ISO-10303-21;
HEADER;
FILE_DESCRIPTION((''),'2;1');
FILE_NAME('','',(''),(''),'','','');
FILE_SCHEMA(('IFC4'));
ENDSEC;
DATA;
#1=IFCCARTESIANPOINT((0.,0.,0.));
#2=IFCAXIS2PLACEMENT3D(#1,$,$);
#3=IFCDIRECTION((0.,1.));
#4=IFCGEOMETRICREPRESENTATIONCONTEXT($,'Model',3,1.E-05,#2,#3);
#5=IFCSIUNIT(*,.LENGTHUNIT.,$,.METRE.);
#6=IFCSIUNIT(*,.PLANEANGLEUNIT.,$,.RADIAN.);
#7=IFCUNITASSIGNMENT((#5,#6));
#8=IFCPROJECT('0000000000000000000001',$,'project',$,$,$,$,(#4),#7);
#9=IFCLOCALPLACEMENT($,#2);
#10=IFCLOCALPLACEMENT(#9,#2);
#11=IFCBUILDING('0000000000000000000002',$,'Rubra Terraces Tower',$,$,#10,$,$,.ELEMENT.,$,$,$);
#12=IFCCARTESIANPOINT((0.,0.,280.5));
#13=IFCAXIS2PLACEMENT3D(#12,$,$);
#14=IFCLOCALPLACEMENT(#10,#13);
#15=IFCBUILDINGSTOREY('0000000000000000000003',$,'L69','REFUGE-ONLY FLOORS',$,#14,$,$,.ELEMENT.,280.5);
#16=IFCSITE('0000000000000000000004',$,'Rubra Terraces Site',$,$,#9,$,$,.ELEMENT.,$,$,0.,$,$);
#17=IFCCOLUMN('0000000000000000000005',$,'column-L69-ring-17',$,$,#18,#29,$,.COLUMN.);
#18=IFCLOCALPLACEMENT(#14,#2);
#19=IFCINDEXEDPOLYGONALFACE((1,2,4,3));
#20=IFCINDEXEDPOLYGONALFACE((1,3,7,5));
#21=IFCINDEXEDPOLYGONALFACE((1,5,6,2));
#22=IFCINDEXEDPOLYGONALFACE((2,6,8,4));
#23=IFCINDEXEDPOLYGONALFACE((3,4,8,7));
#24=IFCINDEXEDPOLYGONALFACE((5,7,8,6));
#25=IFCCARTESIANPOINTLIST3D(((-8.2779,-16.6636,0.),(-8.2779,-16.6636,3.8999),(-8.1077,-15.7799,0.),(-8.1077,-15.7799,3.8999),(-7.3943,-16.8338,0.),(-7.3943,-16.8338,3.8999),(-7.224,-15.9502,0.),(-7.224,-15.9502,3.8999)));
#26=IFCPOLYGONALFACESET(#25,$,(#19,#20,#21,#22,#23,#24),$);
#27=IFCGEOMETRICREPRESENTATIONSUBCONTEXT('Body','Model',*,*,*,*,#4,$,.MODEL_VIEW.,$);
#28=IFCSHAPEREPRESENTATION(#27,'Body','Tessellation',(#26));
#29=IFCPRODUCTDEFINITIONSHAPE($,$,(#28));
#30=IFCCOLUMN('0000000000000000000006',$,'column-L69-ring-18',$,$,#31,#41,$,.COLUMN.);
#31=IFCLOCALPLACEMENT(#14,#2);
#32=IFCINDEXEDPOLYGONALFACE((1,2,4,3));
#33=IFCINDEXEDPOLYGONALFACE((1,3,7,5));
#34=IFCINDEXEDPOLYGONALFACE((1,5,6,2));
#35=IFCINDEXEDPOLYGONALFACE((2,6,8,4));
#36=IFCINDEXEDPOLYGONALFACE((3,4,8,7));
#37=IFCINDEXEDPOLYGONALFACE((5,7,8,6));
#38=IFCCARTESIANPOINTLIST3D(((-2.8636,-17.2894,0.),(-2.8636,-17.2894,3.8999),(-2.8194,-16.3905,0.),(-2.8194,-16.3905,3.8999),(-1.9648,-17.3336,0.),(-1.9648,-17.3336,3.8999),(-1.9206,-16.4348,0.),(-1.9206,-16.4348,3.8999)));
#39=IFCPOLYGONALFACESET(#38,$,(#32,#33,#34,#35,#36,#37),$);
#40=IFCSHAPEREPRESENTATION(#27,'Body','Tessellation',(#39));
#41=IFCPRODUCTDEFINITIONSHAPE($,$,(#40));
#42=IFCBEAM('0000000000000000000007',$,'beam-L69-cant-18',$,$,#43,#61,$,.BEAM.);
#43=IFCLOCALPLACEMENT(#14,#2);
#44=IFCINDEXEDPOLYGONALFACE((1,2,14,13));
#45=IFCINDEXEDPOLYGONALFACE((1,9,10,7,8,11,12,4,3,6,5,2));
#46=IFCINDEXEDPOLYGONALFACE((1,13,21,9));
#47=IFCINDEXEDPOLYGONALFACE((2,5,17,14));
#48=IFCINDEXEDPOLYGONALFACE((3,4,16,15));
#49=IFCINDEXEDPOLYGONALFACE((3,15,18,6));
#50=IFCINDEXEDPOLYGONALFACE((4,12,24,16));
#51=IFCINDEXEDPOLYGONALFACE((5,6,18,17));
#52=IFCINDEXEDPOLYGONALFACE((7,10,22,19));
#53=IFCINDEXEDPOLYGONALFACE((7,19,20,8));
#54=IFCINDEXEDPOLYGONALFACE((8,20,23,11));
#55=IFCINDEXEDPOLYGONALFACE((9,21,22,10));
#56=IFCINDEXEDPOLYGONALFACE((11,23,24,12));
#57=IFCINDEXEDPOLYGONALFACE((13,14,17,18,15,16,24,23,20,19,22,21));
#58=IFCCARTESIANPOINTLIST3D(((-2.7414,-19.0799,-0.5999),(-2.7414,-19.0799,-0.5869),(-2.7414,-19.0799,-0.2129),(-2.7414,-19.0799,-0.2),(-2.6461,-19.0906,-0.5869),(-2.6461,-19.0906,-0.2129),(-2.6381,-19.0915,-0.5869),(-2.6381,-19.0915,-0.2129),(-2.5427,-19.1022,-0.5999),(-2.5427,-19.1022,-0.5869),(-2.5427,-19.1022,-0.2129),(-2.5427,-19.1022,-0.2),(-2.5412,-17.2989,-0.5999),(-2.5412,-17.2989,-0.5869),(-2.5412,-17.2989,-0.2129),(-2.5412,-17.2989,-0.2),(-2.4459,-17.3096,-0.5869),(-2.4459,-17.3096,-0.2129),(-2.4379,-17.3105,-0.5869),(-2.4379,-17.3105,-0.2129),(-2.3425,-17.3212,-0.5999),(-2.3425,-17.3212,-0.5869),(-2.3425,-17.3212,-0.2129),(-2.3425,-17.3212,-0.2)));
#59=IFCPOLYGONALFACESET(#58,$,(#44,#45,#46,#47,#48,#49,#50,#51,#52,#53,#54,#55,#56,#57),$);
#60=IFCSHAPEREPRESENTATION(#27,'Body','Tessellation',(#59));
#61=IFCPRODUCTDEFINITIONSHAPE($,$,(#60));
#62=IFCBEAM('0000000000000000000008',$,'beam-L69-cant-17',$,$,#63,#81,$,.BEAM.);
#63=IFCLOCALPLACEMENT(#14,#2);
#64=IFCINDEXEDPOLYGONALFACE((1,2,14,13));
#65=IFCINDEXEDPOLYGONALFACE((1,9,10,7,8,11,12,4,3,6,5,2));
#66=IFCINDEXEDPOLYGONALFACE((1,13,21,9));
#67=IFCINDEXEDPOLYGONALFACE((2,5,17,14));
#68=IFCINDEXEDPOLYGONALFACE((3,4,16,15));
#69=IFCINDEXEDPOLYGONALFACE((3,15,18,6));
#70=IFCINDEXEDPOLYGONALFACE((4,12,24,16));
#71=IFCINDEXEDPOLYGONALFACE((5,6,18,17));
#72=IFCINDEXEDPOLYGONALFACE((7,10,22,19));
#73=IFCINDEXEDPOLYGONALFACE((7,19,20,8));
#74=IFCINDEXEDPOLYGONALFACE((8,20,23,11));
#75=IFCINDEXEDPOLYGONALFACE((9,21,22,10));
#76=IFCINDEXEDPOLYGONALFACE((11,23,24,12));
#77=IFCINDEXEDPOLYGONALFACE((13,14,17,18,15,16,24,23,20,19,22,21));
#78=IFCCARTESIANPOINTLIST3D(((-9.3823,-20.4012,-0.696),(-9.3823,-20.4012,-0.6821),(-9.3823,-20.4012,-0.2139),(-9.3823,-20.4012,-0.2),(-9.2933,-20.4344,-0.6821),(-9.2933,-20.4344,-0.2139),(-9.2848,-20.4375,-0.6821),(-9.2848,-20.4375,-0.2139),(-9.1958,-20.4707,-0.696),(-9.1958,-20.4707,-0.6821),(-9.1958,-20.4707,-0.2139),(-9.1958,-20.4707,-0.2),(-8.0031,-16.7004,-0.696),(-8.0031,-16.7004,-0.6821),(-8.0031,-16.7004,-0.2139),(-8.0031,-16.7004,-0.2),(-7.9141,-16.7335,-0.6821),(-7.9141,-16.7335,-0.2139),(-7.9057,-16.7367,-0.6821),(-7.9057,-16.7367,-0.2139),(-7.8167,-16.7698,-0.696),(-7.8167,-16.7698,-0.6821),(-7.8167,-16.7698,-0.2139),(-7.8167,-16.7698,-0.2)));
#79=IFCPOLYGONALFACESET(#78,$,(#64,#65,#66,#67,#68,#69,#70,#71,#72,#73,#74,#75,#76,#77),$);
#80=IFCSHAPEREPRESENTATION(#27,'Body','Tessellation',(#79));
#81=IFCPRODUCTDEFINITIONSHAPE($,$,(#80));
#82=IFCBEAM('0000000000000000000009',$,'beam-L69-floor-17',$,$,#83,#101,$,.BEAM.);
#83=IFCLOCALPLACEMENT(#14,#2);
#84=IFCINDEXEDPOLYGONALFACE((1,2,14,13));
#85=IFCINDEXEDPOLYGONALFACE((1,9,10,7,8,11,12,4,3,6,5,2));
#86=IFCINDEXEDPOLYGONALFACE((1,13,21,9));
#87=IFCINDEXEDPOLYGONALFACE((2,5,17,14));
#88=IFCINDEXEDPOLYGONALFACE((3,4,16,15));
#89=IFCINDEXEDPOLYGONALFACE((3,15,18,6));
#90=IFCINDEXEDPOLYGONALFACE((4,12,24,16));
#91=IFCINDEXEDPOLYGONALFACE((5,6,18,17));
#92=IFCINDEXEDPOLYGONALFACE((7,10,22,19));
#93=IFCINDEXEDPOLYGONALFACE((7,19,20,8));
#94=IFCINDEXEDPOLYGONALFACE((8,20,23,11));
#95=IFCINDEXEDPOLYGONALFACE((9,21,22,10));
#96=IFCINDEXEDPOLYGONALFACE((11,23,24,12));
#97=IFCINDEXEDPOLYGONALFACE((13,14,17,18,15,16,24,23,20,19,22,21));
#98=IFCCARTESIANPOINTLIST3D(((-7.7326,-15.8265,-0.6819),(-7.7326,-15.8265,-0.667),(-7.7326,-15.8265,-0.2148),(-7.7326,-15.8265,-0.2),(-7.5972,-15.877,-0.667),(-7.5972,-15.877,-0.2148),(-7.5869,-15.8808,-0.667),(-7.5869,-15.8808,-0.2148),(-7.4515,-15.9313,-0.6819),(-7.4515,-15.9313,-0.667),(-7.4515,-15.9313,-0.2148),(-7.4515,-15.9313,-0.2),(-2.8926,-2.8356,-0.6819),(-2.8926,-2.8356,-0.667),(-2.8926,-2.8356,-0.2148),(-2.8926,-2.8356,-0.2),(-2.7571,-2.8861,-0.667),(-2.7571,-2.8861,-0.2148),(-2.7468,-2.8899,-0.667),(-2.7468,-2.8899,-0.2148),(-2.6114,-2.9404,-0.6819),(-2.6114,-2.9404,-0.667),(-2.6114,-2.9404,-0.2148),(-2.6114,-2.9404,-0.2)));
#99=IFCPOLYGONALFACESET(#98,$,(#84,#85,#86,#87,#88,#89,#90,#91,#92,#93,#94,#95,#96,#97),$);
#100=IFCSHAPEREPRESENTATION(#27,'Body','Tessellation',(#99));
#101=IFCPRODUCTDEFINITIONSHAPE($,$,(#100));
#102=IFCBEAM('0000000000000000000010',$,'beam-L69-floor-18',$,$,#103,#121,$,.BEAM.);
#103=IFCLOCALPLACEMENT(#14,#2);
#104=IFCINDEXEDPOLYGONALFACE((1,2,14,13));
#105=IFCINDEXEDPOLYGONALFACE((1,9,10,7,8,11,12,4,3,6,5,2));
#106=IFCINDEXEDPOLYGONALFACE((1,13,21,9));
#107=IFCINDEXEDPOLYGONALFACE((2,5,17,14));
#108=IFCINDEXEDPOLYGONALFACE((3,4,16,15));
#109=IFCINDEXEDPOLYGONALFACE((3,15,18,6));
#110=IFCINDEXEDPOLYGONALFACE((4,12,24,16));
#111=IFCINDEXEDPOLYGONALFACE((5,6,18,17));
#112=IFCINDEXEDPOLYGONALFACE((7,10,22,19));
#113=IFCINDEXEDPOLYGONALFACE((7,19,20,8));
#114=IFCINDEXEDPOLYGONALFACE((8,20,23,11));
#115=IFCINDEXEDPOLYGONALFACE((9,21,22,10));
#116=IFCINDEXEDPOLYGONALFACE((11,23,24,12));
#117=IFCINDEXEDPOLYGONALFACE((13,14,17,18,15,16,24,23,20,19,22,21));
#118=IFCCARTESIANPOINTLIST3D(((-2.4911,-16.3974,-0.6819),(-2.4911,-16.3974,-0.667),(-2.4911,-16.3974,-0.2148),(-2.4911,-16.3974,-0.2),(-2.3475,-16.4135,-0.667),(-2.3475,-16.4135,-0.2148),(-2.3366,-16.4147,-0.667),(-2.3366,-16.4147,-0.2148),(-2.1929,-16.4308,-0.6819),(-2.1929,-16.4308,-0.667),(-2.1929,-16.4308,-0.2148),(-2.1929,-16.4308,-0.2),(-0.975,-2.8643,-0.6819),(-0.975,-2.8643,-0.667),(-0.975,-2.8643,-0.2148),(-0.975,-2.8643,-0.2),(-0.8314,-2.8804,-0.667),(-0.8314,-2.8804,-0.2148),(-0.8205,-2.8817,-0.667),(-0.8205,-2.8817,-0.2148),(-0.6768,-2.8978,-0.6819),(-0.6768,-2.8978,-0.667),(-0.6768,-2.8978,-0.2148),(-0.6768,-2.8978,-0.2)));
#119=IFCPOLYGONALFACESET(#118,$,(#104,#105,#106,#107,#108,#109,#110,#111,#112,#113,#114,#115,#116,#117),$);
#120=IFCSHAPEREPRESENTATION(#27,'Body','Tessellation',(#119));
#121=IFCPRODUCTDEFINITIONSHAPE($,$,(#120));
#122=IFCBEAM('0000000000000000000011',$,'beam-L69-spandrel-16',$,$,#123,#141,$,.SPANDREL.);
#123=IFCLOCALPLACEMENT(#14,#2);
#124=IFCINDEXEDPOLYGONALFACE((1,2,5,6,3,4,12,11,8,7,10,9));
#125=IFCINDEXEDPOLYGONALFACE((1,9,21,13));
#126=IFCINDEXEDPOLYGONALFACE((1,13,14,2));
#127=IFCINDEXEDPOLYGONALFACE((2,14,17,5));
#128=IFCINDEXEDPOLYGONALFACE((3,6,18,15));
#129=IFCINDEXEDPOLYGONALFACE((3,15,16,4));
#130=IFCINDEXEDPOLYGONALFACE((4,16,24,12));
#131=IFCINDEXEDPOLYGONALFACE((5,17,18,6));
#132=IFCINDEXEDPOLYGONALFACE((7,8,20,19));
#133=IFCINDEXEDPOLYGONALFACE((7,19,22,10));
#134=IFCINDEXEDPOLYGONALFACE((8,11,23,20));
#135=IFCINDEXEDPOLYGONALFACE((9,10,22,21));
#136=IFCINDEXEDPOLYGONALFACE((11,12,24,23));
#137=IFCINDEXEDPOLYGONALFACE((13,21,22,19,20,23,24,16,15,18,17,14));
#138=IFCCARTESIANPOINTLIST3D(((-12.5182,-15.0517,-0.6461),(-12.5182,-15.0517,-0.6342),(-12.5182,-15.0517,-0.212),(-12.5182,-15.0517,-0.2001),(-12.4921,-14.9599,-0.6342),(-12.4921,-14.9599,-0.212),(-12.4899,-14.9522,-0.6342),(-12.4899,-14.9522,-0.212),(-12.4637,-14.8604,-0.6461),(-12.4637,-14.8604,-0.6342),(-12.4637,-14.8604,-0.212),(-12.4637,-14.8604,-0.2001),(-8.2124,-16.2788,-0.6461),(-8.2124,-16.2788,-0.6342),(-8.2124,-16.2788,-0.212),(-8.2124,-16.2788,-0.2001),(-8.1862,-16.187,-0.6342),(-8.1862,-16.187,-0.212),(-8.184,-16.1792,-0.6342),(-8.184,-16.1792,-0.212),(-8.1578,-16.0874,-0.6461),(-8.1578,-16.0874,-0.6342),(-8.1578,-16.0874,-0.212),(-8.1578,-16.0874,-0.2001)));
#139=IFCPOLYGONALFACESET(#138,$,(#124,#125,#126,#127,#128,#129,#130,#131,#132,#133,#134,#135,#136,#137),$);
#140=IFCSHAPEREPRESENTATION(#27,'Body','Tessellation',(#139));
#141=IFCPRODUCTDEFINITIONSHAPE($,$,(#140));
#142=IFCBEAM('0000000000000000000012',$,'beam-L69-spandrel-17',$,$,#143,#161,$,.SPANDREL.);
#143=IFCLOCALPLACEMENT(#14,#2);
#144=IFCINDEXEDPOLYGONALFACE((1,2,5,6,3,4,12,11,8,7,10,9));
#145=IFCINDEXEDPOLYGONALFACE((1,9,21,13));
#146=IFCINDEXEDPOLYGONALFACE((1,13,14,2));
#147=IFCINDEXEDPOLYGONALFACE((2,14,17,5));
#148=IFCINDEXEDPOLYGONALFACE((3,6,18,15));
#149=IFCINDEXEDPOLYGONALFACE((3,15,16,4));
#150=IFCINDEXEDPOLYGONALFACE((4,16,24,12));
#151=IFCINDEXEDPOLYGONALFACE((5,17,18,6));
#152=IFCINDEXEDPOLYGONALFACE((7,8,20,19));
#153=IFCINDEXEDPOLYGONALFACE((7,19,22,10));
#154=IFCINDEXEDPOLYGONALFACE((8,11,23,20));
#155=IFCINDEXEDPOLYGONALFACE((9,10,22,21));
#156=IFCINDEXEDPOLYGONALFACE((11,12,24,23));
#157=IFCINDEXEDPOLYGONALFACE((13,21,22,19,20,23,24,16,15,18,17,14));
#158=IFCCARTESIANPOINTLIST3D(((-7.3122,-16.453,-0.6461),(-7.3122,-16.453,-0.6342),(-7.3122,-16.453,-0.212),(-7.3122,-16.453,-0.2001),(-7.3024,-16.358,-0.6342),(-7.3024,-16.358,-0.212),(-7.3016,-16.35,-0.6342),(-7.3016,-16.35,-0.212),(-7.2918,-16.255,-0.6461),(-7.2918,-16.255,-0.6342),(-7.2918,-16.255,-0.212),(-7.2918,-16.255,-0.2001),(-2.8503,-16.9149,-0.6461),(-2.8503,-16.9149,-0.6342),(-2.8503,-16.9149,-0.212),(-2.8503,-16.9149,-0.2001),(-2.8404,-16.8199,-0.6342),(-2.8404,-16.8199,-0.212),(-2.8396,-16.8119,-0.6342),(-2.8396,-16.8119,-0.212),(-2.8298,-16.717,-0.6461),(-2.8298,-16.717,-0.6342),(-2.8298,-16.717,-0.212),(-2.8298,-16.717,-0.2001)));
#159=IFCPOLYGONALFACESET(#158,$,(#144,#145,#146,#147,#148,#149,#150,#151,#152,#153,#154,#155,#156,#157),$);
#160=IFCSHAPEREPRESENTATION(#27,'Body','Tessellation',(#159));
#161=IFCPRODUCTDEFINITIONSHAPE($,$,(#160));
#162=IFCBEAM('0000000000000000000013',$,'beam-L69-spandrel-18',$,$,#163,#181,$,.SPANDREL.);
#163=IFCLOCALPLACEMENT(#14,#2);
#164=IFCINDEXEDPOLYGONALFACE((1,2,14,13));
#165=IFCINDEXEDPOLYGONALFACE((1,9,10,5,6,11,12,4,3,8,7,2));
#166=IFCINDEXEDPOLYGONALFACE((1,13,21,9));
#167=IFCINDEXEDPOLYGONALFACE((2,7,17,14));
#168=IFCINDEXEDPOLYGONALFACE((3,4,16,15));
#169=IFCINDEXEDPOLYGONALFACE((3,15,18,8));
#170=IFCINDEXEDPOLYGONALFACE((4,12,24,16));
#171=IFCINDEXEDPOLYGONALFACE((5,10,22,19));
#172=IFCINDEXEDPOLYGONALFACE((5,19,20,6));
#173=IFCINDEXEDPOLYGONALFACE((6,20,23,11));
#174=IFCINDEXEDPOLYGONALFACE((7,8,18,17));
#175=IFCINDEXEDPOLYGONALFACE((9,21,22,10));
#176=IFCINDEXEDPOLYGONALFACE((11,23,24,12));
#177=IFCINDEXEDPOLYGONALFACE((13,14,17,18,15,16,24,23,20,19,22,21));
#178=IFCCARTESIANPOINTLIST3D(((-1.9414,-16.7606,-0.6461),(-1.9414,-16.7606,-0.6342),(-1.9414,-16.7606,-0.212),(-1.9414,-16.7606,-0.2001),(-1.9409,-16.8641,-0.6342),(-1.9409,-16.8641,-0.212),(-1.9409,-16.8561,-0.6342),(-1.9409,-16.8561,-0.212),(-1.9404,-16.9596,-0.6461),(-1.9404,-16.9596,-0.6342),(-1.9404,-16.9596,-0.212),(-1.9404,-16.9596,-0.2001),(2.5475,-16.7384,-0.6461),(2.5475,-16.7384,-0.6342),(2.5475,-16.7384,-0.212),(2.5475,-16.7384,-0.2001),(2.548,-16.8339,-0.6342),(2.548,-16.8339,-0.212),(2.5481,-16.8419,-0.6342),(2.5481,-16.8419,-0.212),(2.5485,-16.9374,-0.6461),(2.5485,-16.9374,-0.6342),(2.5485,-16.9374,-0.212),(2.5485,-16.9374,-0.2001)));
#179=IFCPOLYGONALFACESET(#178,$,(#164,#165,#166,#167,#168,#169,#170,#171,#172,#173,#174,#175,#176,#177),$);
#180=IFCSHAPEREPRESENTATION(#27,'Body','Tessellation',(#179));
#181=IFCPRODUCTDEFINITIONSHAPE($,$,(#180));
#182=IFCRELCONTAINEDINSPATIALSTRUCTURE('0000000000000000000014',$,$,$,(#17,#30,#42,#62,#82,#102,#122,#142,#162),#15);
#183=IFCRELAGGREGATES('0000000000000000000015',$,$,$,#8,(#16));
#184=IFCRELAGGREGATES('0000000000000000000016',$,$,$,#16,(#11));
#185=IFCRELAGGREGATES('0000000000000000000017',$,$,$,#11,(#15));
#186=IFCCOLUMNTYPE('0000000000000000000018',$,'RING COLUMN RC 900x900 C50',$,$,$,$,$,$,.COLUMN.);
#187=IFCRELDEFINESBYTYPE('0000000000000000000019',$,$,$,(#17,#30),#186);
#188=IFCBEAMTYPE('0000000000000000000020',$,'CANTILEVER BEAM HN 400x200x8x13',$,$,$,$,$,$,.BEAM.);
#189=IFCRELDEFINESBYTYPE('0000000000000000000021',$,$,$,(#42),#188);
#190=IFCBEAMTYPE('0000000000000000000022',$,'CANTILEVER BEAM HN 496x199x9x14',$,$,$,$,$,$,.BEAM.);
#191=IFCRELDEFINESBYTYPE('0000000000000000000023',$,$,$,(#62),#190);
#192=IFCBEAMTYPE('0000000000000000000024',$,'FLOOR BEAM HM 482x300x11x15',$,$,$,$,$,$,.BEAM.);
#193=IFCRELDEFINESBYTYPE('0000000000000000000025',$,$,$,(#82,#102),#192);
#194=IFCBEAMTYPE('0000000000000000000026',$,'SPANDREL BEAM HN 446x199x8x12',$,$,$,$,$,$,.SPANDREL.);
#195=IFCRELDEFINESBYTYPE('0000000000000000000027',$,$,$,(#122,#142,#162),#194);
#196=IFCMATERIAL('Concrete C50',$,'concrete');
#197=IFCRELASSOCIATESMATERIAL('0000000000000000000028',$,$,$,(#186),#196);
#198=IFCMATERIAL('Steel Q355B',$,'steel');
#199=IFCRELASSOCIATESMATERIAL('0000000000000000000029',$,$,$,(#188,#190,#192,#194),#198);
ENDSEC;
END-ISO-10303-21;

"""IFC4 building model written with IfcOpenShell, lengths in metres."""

from ifc_helpers import new_model, si_unit, direction, frame, origin, origin_2d, place, context, subcontext, project, spatial, rectangle, i_section, extrude, material, material_profile, profile_set, type_object, element, save


model = new_model("IFC4")

# Units and contexts
model_context = context("Model", 3, precision=1e-05, world=origin(), true_north=direction((0.0, 1.0)))
body_context = subcontext(model_context, "Body", "Model", "MODEL_VIEW")
ifc_project = project(units=[si_unit("LENGTHUNIT", "METRE"), si_unit("PLANEANGLEUNIT", "RADIAN")], contexts=[model_context])

# Site, building, storey
site_placement = place(None, origin())
site = spatial("IfcSite", under=ifc_project, at=site_placement, Name="Rubra Terraces Site", CompositionType="ELEMENT", RefElevation=0.0)
building_placement = place(site_placement, origin())
building = spatial("IfcBuilding", under=site, at=building_placement, Name="Rubra Terraces Tower", CompositionType="ELEMENT")
storey_placement = place(building_placement, frame((0.0, 0.0, 280.5)))
storey = spatial("IfcBuildingStorey", under=building, at=storey_placement, Name="L69", Description="REFUGE-ONLY FLOORS", CompositionType="ELEMENT", Elevation=280.5)

# Columns
ifc_material_1 = material(Name="Concrete C50", Category="concrete")
ifc_material_profile_1 = material_profile(ifc_material_1, rectangle(XDim=0.8999, YDim=0.8999, at=origin_2d()), Name="RC 900x900")
ifc_profile_set_1 = profile_set([ifc_material_profile_1], Name="Concrete C50")
column_type = type_object("IfcColumnType", Name="RING COLUMN RC 900x900 C50", PredefinedType="COLUMN", material=ifc_profile_set_1)
for number, where, z_axis, x_axis, name in (
    (1, (-7.751, -16.3069, 0.0), (0.0, 0.0, 1.0), (0.981937, -0.18921, 0.0), "column-L69-ring-17"),
    (2, (-2.3921, -16.8621, 0.0), (0.0, 0.0, 1.0), (0.998791, -0.04915, 0.0), "column-L69-ring-18"),
):
    element("IfcColumn", number, at=place(storey_placement, frame(where, z_axis=z_axis, x_axis=x_axis)), inside=storey, type_object=column_type, Name=name, PredefinedType="COLUMN", context=body_context, shape_type="SweptSolid", body=[
        extrude(rectangle(XDim=0.8999, YDim=0.8999, at=origin_2d()), origin(), (0.0, 0.0, 1.0), 3.8999),
    ])

# Beams
ifc_material_2 = material(Name="Steel Q355B", Category="steel")
ifc_material_profile_2 = material_profile(ifc_material_2, i_section(OverallWidth=0.2, OverallDepth=0.3999, WebThickness=0.0081, FlangeThickness=0.0129, at=origin_2d()), Name="HN 400x200x8x13")
ifc_profile_set_2 = profile_set([ifc_material_profile_2], Name="Steel Q355B")
beam_type_1 = type_object("IfcBeamType", Name="CANTILEVER BEAM HN 400x200x8x13", PredefinedType="BEAM", material=ifc_profile_set_2)
beam_1_placement = place(storey_placement, frame((-2.4419, -17.3101, -0.3999), z_axis=(-0.111702, -0.993742, 0.0), x_axis=(0.993742, -0.111702, 0.0)))
element("IfcBeam", 3, at=beam_1_placement, inside=storey, type_object=beam_type_1, Name="beam-L69-cant-18", PredefinedType="BEAM", context=body_context, shape_type="SweptSolid", body=[
    extrude(i_section(OverallWidth=0.2, OverallDepth=0.3999, WebThickness=0.0081, FlangeThickness=0.0129, at=origin_2d()), origin(), (0.0, 0.0, 1.0), 1.7922),
])
ifc_material_profile_3 = material_profile(ifc_material_2, i_section(OverallWidth=0.199, OverallDepth=0.4961, WebThickness=0.009, FlangeThickness=0.0139, at=origin_2d()), Name="HN 496x199x9x14")
ifc_profile_set_3 = profile_set([ifc_material_profile_3], Name="Steel Q355B")
beam_type_2 = type_object("IfcBeamType", Name="CANTILEVER BEAM HN 496x199x9x14", PredefinedType="BEAM", material=ifc_profile_set_3)
beam_2_placement = place(storey_placement, frame((-7.9099, -16.7351, -0.448), z_axis=(-0.349192, -0.937051, 0.0), x_axis=(0.937051, -0.349192, 0.0)))
element("IfcBeam", 4, at=beam_2_placement, inside=storey, type_object=beam_type_2, Name="beam-L69-cant-17", PredefinedType="BEAM", context=body_context, shape_type="SweptSolid", body=[
    extrude(i_section(OverallWidth=0.199, OverallDepth=0.4961, WebThickness=0.009, FlangeThickness=0.0139, at=origin_2d()), origin(), (0.0, 0.0, 1.0), 3.9495),
])
ifc_material_profile_4 = material_profile(ifc_material_2, i_section(OverallWidth=0.3, OverallDepth=0.4819, WebThickness=0.011, FlangeThickness=0.0149, at=origin_2d()), Name="HM 482x300x11x15")
ifc_profile_set_4 = profile_set([ifc_material_profile_4], Name="Steel Q355B")
beam_type_3 = type_object("IfcBeamType", Name="FLOOR BEAM HM 482x300x11x15", PredefinedType="BEAM", material=ifc_profile_set_4)
beam_3_placement = place(storey_placement, frame((-7.592, -15.8789, -0.4409), z_axis=(0.349129, 0.937075, 0.0), x_axis=(-0.937075, 0.349129, 0.0)))
element("IfcBeam", 5, at=beam_3_placement, inside=storey, type_object=beam_type_3, Name="beam-L69-floor-17", PredefinedType="BEAM", context=body_context, shape_type="SweptSolid", body=[
    extrude(i_section(OverallWidth=0.3, OverallDepth=0.4819, WebThickness=0.011, FlangeThickness=0.0149, at=origin_2d()), origin(), (0.0, 0.0, 1.0), 13.8633),
])
beam_4_placement = place(storey_placement, frame((-2.342, -16.4141, -0.4409), z_axis=(0.111335, 0.993783, 0.0), x_axis=(-0.993783, 0.111335, 0.0)))
element("IfcBeam", 6, at=beam_4_placement, inside=storey, type_object=beam_type_3, Name="beam-L69-floor-18", PredefinedType="BEAM", context=body_context, shape_type="SweptSolid", body=[
    extrude(i_section(OverallWidth=0.3, OverallDepth=0.4819, WebThickness=0.011, FlangeThickness=0.0149, at=origin_2d()), origin(), (0.0, 0.0, 1.0), 13.6177),
])
ifc_material_profile_5 = material_profile(ifc_material_2, i_section(OverallWidth=0.199, OverallDepth=0.446, WebThickness=0.0081, FlangeThickness=0.012, at=origin_2d()), Name="HN 446x199x8x12")
ifc_profile_set_5 = profile_set([ifc_material_profile_5], Name="Steel Q355B")
beam_type_4 = type_object("IfcBeamType", Name="SPANDREL BEAM HN 446x199x8x12", PredefinedType="SPANDREL", material=ifc_profile_set_5)
beam_5_placement = place(storey_placement, frame((-12.491, -14.9561, -0.4231), z_axis=(0.961713, -0.274058, 0.0), x_axis=(0.274058, 0.961713, 0.0)))
element("IfcBeam", 7, at=beam_5_placement, inside=storey, type_object=beam_type_4, Name="beam-L69-spandrel-16", PredefinedType="SPANDREL", context=body_context, shape_type="SweptSolid", body=[
    extrude(i_section(OverallWidth=0.199, OverallDepth=0.446, WebThickness=0.0081, FlangeThickness=0.012, at=origin_2d()), origin(), (0.0, 0.0, 1.0), 4.4773),
])
beam_6_placement = place(storey_placement, frame((-7.302, -16.354, -0.4231), z_axis=(0.994684, -0.102973, 0.0), x_axis=(0.102973, 0.994684, 0.0)))
element("IfcBeam", 8, at=beam_6_placement, inside=storey, type_object=beam_type_4, Name="beam-L69-spandrel-17", PredefinedType="SPANDREL", context=body_context, shape_type="SweptSolid", body=[
    extrude(i_section(OverallWidth=0.199, OverallDepth=0.446, WebThickness=0.0081, FlangeThickness=0.012, at=origin_2d()), origin(), (0.0, 0.0, 1.0), 4.4858),
])
beam_7_placement = place(storey_placement, frame((-1.9409, -16.8601, -0.4231), z_axis=(0.999988, 0.004949, 0.0), x_axis=(-0.004949, 0.999988, 0.0)))
element("IfcBeam", 9, at=beam_7_placement, inside=storey, type_object=beam_type_4, Name="beam-L69-spandrel-18", PredefinedType="SPANDREL", context=body_context, shape_type="SweptSolid", body=[
    extrude(i_section(OverallWidth=0.199, OverallDepth=0.446, WebThickness=0.0081, FlangeThickness=0.012, at=origin_2d()), origin(), (0.0, 0.0, 1.0), 4.489),
])

save(model, "model.ifc")
